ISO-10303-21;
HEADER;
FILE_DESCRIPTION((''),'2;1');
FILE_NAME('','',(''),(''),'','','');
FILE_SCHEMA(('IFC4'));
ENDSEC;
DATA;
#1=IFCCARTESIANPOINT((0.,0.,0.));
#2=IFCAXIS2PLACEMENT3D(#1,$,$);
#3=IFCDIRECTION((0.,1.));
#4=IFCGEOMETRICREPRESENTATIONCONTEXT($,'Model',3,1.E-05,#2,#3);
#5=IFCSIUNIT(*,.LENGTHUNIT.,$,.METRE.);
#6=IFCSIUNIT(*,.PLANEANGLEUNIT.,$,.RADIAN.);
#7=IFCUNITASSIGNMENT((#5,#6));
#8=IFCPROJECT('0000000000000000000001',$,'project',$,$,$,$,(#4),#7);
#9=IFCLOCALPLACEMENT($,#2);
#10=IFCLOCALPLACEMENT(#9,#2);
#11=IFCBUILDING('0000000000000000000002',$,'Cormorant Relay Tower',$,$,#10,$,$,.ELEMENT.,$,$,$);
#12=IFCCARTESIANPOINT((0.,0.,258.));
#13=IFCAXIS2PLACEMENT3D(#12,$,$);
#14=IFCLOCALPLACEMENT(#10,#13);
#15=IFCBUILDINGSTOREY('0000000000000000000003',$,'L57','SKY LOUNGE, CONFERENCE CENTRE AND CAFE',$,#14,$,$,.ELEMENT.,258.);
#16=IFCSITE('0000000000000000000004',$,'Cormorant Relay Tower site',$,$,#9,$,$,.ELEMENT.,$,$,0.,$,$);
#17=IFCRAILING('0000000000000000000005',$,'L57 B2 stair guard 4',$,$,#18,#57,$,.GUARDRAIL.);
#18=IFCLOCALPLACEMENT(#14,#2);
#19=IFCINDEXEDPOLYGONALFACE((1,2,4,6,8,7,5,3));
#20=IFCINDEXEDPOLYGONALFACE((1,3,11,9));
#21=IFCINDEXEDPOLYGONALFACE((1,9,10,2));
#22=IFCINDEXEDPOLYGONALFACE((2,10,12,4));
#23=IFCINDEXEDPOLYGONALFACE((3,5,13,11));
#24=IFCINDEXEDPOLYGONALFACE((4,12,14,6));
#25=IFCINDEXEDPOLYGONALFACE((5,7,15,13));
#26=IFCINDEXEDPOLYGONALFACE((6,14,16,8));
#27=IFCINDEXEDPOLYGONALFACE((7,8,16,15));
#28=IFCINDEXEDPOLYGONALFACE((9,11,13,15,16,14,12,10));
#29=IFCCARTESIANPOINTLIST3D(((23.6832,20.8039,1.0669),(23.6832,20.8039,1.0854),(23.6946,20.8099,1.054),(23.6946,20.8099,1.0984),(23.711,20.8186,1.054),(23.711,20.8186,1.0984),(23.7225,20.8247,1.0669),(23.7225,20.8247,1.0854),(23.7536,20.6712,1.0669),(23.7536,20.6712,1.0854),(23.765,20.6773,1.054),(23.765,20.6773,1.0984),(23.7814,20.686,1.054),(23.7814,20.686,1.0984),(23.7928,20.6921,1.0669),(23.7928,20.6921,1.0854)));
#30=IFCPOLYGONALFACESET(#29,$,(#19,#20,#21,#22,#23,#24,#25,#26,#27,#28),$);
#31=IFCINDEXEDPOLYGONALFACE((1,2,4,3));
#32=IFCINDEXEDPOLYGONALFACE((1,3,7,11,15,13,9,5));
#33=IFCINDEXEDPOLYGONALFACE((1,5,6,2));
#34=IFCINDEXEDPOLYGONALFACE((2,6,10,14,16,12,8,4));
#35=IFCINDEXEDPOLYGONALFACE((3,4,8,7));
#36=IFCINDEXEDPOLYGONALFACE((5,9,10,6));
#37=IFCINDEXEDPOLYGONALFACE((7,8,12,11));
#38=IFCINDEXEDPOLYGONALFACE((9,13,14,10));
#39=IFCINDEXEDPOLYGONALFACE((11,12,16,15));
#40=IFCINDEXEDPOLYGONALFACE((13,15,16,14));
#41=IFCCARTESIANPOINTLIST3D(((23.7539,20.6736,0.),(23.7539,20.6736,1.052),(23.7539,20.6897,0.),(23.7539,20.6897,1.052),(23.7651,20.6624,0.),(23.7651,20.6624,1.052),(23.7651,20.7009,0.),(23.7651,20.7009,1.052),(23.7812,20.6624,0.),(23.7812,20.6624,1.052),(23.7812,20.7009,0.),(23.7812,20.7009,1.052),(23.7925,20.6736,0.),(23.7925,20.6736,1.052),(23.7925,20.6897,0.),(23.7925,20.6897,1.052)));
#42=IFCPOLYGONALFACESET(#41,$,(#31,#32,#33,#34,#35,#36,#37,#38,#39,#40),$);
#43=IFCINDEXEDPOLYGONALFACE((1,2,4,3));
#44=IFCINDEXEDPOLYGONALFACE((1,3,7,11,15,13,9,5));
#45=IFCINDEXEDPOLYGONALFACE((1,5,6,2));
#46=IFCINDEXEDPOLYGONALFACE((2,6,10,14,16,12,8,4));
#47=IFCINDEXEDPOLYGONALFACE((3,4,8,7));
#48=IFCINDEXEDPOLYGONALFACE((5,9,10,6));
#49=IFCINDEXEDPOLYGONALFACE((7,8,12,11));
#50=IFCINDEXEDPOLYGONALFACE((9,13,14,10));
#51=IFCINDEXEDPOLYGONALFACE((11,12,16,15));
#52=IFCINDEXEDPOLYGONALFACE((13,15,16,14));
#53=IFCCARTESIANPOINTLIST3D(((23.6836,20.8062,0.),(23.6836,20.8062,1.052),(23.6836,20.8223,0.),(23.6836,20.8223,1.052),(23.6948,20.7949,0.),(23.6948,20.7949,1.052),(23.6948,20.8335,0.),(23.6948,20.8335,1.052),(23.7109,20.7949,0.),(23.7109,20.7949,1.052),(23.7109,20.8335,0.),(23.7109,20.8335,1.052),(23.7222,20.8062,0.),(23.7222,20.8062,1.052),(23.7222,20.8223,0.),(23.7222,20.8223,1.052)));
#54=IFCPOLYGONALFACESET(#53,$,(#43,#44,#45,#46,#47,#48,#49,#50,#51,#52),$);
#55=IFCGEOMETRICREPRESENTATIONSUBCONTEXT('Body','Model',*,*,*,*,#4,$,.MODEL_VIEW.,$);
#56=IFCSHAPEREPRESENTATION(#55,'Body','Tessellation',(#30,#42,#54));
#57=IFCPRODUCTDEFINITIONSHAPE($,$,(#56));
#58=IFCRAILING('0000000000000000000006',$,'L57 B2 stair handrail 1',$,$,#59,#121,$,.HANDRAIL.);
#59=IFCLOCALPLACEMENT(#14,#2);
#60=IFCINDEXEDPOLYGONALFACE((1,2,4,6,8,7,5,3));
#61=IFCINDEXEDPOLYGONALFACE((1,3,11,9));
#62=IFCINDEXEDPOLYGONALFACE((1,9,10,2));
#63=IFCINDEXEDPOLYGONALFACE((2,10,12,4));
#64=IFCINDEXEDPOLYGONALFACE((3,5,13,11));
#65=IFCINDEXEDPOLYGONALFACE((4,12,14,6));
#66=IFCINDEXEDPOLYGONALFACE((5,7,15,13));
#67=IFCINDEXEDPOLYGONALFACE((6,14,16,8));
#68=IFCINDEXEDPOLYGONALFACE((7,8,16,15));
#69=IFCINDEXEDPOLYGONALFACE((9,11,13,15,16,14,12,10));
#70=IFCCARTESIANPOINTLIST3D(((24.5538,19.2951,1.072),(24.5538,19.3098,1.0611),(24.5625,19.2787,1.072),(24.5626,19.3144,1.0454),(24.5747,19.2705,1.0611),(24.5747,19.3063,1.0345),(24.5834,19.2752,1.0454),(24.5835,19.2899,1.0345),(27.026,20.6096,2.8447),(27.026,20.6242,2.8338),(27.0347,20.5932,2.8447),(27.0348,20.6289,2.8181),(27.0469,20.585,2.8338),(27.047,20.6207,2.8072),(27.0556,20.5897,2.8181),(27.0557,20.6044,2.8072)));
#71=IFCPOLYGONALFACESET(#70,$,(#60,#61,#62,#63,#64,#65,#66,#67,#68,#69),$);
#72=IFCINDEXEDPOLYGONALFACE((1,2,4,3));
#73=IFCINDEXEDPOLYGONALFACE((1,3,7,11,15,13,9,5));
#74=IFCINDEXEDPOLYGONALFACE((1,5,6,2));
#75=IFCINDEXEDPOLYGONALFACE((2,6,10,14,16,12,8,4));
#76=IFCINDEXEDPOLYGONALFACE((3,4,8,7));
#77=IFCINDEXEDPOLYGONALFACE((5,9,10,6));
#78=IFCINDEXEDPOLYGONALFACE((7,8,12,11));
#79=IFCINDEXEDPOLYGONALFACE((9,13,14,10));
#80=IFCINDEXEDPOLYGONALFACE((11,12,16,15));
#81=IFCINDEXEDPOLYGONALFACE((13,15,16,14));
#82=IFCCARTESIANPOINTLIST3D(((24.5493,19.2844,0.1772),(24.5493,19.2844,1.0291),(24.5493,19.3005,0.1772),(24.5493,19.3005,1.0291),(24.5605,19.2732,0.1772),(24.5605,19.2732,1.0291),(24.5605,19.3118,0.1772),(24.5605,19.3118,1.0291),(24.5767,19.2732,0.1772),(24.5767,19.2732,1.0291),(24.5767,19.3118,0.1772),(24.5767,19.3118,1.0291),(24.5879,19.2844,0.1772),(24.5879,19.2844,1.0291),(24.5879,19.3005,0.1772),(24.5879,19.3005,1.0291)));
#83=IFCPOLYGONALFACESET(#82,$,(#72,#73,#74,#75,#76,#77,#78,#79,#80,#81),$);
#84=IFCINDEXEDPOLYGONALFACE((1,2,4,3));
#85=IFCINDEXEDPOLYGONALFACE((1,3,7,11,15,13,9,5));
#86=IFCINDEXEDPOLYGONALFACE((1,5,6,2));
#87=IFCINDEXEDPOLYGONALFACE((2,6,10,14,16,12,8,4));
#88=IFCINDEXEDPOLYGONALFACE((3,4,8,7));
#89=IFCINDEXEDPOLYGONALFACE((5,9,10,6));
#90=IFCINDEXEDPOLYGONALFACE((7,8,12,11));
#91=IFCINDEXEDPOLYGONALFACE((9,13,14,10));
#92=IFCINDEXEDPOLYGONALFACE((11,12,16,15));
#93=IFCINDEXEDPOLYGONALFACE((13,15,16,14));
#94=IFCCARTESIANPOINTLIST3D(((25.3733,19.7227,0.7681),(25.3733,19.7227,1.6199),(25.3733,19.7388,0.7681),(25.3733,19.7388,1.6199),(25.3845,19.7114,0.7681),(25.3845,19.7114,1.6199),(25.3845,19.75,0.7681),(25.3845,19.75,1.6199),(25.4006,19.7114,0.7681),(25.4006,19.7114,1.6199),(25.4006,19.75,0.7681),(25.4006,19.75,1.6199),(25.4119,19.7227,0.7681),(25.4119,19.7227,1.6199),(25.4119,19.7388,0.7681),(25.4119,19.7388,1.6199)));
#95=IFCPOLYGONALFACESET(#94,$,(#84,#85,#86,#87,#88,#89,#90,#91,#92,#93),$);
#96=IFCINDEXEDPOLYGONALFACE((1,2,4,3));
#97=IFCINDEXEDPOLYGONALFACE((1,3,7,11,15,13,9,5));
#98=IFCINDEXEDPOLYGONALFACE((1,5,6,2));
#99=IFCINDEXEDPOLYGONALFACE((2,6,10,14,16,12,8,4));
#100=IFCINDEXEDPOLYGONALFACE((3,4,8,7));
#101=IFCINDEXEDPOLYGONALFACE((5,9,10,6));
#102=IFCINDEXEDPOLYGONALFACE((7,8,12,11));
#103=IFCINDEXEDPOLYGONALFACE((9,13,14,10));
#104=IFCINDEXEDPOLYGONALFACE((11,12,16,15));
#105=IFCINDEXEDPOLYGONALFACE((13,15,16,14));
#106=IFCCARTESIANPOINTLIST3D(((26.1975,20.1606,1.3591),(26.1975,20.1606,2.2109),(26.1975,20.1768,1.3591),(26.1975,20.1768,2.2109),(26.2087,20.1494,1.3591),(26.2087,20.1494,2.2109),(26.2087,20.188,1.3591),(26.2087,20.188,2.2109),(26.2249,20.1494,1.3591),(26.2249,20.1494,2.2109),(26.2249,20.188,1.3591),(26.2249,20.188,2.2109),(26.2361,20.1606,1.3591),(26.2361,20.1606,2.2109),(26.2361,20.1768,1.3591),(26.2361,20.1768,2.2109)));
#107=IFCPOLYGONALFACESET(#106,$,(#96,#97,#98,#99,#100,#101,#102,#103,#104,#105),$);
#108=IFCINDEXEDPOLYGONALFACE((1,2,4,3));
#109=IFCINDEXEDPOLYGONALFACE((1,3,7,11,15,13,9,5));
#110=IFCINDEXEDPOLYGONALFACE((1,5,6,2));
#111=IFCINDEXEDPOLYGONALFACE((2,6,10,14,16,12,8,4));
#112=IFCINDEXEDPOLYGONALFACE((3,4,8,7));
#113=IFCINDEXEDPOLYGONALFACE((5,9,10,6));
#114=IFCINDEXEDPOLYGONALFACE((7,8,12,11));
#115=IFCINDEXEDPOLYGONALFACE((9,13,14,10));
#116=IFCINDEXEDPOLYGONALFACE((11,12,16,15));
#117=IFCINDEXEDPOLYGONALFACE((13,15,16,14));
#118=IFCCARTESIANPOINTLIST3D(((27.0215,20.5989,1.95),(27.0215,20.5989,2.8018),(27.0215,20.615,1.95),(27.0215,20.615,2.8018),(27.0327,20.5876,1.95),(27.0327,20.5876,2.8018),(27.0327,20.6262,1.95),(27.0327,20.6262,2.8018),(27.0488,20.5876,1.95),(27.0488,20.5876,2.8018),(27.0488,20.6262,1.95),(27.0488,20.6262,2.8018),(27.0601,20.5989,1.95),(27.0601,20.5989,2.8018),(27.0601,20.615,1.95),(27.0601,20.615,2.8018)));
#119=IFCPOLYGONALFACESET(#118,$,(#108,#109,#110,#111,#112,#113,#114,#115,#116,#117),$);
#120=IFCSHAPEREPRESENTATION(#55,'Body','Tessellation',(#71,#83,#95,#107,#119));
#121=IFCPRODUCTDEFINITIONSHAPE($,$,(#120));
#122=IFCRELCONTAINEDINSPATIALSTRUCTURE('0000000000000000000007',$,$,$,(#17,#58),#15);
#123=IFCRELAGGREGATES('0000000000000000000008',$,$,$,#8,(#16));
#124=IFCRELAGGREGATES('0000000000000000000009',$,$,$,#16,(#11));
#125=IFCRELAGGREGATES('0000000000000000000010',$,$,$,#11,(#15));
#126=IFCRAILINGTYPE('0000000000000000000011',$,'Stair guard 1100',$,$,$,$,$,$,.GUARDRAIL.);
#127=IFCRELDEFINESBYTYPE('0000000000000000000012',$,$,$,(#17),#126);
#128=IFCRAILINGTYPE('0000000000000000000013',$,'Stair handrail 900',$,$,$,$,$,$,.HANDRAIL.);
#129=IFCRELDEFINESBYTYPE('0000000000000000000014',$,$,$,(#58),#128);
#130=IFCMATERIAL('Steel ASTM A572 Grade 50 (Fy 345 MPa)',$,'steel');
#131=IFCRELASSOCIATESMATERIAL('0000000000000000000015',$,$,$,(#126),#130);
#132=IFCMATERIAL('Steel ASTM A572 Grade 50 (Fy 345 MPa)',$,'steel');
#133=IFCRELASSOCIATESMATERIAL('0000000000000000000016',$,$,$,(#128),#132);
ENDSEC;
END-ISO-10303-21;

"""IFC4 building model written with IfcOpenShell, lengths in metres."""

from ifc_helpers import new_model, si_unit, direction, frame, origin, place, context, subcontext, project, spatial, polyline, outline, extrude, material, type_object, element, save


model = new_model("IFC4")

# Units and contexts
model_context = context("Model", 3, precision=1e-05, world=origin(), true_north=direction((0.0, 1.0)))
body_context = subcontext(model_context, "Body", "Model", "MODEL_VIEW")
ifc_project = project(units=[si_unit("LENGTHUNIT", "METRE"), si_unit("PLANEANGLEUNIT", "RADIAN")], contexts=[model_context])

# Site, building, storey
site_placement = place(None, origin())
site = spatial("IfcSite", under=ifc_project, at=site_placement, Name="Cormorant Relay Tower site", CompositionType="ELEMENT", RefElevation=0.0)
building_placement = place(site_placement, origin())
building = spatial("IfcBuilding", under=site, at=building_placement, Name="Cormorant Relay Tower", CompositionType="ELEMENT")
storey_placement = place(building_placement, frame((0.0, 0.0, 258.0)))
storey = spatial("IfcBuildingStorey", under=building, at=storey_placement, Name="L57", Description="SKY LOUNGE, CONFERENCE CENTRE AND CAFE", CompositionType="ELEMENT", Elevation=258.0)

# Railings
ifc_material_1 = material(Name="Steel ASTM A572 Grade 50 (Fy 345 MPa)", Category="steel")
railing_type_1 = type_object("IfcRailingType", Name="Stair guard 1100", PredefinedType="GUARDRAIL", material=ifc_material_1)
railing_1_placement = place(storey_placement, frame((23.7732, 20.6816, 0.0)))
element("IfcRailing", 1, at=railing_1_placement, inside=storey, type_object=railing_type_1, Name="L57 B2 stair guard 4", PredefinedType="GUARDRAIL", context=body_context, shape_type="SweptSolid", body=[
    extrude(outline(polyline([(0.0222, 0.0093), (0.0093, 0.0222), (-0.0093, 0.0222), (-0.0222, 0.0093), (-0.0222, -0.0093), (-0.0093, -0.0222), (0.0093, -0.0222), (0.0222, -0.0093), (0.0222, 0.0093)])), frame((0.0, 0.0, 1.0762), z_axis=(-0.46856, 0.883431, 0.0), x_axis=(-0.883431, -0.46856, 0.0)), (0.0, 0.0, 1.0), 0.1501),
    extrude(outline(polyline([(0.0193, 0.0081), (0.0081, 0.0193), (-0.0081, 0.0193), (-0.0193, 0.0081), (-0.0193, -0.0081), (-0.0081, -0.0193), (0.0081, -0.0193), (0.0193, -0.0081), (0.0193, 0.0081)])), origin(), (0.0, 0.0, 1.0), 1.052),
    extrude(outline(polyline([(0.0193, 0.0081), (0.0081, 0.0193), (-0.0081, 0.0193), (-0.0193, 0.0081), (-0.0193, -0.0081), (-0.0081, -0.0193), (0.0081, -0.0193), (0.0193, -0.0081), (0.0193, 0.0081)])), frame((-0.0703, 0.1326, 0.0)), (0.0, 0.0, 1.0), 1.052),
])
ifc_material_2 = material(Name="Steel ASTM A572 Grade 50 (Fy 345 MPa)", Category="steel")
railing_type_2 = type_object("IfcRailingType", Name="Stair handrail 900", PredefinedType="HANDRAIL", material=ifc_material_2)
railing_2_placement = place(storey_placement, frame((24.5686, 19.2925, 0.1772)))
element("IfcRailing", 2, at=railing_2_placement, inside=storey, type_object=railing_type_2, Name="L57 B2 stair handrail 1", PredefinedType="HANDRAIL", context=body_context, shape_type="SweptSolid", body=[
    extrude(outline(polyline([(0.0222, 0.0093), (0.0093, 0.0222), (-0.0093, 0.0222), (-0.0222, 0.0093), (-0.0222, -0.0093), (-0.0093, -0.0222), (0.0093, -0.0222), (0.0222, -0.0093), (0.0222, 0.0093)])), frame((0.0, 0.0, 0.876), z_axis=(0.746001, 0.396649, 0.534931), x_axis=(-0.469465, 0.882951, 0.0)), (0.0, 0.0, 1.0), 3.314),
    extrude(outline(polyline([(0.0193, 0.0081), (0.0081, 0.0193), (-0.0081, 0.0193), (-0.0193, 0.0081), (-0.0193, -0.0081), (-0.0081, -0.0193), (0.0081, -0.0193), (0.0193, -0.0081), (0.0193, 0.0081)])), origin(), (0.0, 0.0, 1.0), 0.8518),
    extrude(outline(polyline([(0.0193, 0.0081), (0.0081, 0.0193), (-0.0081, 0.0193), (-0.0193, 0.0081), (-0.0193, -0.0081), (-0.0081, -0.0193), (0.0081, -0.0193), (0.0193, -0.0081), (0.0193, 0.0081)])), frame((0.824, 0.4382, 0.5908)), (0.0, 0.0, 1.0), 0.8518),
    extrude(outline(polyline([(0.0193, 0.0081), (0.0081, 0.0193), (-0.0081, 0.0193), (-0.0193, 0.0081), (-0.0193, -0.0081), (-0.0081, -0.0193), (0.0081, -0.0193), (0.0193, -0.0081), (0.0193, 0.0081)])), frame((1.6482, 0.8762, 1.1819)), (0.0, 0.0, 1.0), 0.8518),
    extrude(outline(polyline([(0.0193, 0.0081), (0.0081, 0.0193), (-0.0081, 0.0193), (-0.0193, 0.0081), (-0.0193, -0.0081), (-0.0081, -0.0193), (0.0081, -0.0193), (0.0193, -0.0081), (0.0193, 0.0081)])), frame((2.4722, 1.3145, 1.7727)), (0.0, 0.0, 1.0), 0.8518),
])

save(model, "model.ifc")
